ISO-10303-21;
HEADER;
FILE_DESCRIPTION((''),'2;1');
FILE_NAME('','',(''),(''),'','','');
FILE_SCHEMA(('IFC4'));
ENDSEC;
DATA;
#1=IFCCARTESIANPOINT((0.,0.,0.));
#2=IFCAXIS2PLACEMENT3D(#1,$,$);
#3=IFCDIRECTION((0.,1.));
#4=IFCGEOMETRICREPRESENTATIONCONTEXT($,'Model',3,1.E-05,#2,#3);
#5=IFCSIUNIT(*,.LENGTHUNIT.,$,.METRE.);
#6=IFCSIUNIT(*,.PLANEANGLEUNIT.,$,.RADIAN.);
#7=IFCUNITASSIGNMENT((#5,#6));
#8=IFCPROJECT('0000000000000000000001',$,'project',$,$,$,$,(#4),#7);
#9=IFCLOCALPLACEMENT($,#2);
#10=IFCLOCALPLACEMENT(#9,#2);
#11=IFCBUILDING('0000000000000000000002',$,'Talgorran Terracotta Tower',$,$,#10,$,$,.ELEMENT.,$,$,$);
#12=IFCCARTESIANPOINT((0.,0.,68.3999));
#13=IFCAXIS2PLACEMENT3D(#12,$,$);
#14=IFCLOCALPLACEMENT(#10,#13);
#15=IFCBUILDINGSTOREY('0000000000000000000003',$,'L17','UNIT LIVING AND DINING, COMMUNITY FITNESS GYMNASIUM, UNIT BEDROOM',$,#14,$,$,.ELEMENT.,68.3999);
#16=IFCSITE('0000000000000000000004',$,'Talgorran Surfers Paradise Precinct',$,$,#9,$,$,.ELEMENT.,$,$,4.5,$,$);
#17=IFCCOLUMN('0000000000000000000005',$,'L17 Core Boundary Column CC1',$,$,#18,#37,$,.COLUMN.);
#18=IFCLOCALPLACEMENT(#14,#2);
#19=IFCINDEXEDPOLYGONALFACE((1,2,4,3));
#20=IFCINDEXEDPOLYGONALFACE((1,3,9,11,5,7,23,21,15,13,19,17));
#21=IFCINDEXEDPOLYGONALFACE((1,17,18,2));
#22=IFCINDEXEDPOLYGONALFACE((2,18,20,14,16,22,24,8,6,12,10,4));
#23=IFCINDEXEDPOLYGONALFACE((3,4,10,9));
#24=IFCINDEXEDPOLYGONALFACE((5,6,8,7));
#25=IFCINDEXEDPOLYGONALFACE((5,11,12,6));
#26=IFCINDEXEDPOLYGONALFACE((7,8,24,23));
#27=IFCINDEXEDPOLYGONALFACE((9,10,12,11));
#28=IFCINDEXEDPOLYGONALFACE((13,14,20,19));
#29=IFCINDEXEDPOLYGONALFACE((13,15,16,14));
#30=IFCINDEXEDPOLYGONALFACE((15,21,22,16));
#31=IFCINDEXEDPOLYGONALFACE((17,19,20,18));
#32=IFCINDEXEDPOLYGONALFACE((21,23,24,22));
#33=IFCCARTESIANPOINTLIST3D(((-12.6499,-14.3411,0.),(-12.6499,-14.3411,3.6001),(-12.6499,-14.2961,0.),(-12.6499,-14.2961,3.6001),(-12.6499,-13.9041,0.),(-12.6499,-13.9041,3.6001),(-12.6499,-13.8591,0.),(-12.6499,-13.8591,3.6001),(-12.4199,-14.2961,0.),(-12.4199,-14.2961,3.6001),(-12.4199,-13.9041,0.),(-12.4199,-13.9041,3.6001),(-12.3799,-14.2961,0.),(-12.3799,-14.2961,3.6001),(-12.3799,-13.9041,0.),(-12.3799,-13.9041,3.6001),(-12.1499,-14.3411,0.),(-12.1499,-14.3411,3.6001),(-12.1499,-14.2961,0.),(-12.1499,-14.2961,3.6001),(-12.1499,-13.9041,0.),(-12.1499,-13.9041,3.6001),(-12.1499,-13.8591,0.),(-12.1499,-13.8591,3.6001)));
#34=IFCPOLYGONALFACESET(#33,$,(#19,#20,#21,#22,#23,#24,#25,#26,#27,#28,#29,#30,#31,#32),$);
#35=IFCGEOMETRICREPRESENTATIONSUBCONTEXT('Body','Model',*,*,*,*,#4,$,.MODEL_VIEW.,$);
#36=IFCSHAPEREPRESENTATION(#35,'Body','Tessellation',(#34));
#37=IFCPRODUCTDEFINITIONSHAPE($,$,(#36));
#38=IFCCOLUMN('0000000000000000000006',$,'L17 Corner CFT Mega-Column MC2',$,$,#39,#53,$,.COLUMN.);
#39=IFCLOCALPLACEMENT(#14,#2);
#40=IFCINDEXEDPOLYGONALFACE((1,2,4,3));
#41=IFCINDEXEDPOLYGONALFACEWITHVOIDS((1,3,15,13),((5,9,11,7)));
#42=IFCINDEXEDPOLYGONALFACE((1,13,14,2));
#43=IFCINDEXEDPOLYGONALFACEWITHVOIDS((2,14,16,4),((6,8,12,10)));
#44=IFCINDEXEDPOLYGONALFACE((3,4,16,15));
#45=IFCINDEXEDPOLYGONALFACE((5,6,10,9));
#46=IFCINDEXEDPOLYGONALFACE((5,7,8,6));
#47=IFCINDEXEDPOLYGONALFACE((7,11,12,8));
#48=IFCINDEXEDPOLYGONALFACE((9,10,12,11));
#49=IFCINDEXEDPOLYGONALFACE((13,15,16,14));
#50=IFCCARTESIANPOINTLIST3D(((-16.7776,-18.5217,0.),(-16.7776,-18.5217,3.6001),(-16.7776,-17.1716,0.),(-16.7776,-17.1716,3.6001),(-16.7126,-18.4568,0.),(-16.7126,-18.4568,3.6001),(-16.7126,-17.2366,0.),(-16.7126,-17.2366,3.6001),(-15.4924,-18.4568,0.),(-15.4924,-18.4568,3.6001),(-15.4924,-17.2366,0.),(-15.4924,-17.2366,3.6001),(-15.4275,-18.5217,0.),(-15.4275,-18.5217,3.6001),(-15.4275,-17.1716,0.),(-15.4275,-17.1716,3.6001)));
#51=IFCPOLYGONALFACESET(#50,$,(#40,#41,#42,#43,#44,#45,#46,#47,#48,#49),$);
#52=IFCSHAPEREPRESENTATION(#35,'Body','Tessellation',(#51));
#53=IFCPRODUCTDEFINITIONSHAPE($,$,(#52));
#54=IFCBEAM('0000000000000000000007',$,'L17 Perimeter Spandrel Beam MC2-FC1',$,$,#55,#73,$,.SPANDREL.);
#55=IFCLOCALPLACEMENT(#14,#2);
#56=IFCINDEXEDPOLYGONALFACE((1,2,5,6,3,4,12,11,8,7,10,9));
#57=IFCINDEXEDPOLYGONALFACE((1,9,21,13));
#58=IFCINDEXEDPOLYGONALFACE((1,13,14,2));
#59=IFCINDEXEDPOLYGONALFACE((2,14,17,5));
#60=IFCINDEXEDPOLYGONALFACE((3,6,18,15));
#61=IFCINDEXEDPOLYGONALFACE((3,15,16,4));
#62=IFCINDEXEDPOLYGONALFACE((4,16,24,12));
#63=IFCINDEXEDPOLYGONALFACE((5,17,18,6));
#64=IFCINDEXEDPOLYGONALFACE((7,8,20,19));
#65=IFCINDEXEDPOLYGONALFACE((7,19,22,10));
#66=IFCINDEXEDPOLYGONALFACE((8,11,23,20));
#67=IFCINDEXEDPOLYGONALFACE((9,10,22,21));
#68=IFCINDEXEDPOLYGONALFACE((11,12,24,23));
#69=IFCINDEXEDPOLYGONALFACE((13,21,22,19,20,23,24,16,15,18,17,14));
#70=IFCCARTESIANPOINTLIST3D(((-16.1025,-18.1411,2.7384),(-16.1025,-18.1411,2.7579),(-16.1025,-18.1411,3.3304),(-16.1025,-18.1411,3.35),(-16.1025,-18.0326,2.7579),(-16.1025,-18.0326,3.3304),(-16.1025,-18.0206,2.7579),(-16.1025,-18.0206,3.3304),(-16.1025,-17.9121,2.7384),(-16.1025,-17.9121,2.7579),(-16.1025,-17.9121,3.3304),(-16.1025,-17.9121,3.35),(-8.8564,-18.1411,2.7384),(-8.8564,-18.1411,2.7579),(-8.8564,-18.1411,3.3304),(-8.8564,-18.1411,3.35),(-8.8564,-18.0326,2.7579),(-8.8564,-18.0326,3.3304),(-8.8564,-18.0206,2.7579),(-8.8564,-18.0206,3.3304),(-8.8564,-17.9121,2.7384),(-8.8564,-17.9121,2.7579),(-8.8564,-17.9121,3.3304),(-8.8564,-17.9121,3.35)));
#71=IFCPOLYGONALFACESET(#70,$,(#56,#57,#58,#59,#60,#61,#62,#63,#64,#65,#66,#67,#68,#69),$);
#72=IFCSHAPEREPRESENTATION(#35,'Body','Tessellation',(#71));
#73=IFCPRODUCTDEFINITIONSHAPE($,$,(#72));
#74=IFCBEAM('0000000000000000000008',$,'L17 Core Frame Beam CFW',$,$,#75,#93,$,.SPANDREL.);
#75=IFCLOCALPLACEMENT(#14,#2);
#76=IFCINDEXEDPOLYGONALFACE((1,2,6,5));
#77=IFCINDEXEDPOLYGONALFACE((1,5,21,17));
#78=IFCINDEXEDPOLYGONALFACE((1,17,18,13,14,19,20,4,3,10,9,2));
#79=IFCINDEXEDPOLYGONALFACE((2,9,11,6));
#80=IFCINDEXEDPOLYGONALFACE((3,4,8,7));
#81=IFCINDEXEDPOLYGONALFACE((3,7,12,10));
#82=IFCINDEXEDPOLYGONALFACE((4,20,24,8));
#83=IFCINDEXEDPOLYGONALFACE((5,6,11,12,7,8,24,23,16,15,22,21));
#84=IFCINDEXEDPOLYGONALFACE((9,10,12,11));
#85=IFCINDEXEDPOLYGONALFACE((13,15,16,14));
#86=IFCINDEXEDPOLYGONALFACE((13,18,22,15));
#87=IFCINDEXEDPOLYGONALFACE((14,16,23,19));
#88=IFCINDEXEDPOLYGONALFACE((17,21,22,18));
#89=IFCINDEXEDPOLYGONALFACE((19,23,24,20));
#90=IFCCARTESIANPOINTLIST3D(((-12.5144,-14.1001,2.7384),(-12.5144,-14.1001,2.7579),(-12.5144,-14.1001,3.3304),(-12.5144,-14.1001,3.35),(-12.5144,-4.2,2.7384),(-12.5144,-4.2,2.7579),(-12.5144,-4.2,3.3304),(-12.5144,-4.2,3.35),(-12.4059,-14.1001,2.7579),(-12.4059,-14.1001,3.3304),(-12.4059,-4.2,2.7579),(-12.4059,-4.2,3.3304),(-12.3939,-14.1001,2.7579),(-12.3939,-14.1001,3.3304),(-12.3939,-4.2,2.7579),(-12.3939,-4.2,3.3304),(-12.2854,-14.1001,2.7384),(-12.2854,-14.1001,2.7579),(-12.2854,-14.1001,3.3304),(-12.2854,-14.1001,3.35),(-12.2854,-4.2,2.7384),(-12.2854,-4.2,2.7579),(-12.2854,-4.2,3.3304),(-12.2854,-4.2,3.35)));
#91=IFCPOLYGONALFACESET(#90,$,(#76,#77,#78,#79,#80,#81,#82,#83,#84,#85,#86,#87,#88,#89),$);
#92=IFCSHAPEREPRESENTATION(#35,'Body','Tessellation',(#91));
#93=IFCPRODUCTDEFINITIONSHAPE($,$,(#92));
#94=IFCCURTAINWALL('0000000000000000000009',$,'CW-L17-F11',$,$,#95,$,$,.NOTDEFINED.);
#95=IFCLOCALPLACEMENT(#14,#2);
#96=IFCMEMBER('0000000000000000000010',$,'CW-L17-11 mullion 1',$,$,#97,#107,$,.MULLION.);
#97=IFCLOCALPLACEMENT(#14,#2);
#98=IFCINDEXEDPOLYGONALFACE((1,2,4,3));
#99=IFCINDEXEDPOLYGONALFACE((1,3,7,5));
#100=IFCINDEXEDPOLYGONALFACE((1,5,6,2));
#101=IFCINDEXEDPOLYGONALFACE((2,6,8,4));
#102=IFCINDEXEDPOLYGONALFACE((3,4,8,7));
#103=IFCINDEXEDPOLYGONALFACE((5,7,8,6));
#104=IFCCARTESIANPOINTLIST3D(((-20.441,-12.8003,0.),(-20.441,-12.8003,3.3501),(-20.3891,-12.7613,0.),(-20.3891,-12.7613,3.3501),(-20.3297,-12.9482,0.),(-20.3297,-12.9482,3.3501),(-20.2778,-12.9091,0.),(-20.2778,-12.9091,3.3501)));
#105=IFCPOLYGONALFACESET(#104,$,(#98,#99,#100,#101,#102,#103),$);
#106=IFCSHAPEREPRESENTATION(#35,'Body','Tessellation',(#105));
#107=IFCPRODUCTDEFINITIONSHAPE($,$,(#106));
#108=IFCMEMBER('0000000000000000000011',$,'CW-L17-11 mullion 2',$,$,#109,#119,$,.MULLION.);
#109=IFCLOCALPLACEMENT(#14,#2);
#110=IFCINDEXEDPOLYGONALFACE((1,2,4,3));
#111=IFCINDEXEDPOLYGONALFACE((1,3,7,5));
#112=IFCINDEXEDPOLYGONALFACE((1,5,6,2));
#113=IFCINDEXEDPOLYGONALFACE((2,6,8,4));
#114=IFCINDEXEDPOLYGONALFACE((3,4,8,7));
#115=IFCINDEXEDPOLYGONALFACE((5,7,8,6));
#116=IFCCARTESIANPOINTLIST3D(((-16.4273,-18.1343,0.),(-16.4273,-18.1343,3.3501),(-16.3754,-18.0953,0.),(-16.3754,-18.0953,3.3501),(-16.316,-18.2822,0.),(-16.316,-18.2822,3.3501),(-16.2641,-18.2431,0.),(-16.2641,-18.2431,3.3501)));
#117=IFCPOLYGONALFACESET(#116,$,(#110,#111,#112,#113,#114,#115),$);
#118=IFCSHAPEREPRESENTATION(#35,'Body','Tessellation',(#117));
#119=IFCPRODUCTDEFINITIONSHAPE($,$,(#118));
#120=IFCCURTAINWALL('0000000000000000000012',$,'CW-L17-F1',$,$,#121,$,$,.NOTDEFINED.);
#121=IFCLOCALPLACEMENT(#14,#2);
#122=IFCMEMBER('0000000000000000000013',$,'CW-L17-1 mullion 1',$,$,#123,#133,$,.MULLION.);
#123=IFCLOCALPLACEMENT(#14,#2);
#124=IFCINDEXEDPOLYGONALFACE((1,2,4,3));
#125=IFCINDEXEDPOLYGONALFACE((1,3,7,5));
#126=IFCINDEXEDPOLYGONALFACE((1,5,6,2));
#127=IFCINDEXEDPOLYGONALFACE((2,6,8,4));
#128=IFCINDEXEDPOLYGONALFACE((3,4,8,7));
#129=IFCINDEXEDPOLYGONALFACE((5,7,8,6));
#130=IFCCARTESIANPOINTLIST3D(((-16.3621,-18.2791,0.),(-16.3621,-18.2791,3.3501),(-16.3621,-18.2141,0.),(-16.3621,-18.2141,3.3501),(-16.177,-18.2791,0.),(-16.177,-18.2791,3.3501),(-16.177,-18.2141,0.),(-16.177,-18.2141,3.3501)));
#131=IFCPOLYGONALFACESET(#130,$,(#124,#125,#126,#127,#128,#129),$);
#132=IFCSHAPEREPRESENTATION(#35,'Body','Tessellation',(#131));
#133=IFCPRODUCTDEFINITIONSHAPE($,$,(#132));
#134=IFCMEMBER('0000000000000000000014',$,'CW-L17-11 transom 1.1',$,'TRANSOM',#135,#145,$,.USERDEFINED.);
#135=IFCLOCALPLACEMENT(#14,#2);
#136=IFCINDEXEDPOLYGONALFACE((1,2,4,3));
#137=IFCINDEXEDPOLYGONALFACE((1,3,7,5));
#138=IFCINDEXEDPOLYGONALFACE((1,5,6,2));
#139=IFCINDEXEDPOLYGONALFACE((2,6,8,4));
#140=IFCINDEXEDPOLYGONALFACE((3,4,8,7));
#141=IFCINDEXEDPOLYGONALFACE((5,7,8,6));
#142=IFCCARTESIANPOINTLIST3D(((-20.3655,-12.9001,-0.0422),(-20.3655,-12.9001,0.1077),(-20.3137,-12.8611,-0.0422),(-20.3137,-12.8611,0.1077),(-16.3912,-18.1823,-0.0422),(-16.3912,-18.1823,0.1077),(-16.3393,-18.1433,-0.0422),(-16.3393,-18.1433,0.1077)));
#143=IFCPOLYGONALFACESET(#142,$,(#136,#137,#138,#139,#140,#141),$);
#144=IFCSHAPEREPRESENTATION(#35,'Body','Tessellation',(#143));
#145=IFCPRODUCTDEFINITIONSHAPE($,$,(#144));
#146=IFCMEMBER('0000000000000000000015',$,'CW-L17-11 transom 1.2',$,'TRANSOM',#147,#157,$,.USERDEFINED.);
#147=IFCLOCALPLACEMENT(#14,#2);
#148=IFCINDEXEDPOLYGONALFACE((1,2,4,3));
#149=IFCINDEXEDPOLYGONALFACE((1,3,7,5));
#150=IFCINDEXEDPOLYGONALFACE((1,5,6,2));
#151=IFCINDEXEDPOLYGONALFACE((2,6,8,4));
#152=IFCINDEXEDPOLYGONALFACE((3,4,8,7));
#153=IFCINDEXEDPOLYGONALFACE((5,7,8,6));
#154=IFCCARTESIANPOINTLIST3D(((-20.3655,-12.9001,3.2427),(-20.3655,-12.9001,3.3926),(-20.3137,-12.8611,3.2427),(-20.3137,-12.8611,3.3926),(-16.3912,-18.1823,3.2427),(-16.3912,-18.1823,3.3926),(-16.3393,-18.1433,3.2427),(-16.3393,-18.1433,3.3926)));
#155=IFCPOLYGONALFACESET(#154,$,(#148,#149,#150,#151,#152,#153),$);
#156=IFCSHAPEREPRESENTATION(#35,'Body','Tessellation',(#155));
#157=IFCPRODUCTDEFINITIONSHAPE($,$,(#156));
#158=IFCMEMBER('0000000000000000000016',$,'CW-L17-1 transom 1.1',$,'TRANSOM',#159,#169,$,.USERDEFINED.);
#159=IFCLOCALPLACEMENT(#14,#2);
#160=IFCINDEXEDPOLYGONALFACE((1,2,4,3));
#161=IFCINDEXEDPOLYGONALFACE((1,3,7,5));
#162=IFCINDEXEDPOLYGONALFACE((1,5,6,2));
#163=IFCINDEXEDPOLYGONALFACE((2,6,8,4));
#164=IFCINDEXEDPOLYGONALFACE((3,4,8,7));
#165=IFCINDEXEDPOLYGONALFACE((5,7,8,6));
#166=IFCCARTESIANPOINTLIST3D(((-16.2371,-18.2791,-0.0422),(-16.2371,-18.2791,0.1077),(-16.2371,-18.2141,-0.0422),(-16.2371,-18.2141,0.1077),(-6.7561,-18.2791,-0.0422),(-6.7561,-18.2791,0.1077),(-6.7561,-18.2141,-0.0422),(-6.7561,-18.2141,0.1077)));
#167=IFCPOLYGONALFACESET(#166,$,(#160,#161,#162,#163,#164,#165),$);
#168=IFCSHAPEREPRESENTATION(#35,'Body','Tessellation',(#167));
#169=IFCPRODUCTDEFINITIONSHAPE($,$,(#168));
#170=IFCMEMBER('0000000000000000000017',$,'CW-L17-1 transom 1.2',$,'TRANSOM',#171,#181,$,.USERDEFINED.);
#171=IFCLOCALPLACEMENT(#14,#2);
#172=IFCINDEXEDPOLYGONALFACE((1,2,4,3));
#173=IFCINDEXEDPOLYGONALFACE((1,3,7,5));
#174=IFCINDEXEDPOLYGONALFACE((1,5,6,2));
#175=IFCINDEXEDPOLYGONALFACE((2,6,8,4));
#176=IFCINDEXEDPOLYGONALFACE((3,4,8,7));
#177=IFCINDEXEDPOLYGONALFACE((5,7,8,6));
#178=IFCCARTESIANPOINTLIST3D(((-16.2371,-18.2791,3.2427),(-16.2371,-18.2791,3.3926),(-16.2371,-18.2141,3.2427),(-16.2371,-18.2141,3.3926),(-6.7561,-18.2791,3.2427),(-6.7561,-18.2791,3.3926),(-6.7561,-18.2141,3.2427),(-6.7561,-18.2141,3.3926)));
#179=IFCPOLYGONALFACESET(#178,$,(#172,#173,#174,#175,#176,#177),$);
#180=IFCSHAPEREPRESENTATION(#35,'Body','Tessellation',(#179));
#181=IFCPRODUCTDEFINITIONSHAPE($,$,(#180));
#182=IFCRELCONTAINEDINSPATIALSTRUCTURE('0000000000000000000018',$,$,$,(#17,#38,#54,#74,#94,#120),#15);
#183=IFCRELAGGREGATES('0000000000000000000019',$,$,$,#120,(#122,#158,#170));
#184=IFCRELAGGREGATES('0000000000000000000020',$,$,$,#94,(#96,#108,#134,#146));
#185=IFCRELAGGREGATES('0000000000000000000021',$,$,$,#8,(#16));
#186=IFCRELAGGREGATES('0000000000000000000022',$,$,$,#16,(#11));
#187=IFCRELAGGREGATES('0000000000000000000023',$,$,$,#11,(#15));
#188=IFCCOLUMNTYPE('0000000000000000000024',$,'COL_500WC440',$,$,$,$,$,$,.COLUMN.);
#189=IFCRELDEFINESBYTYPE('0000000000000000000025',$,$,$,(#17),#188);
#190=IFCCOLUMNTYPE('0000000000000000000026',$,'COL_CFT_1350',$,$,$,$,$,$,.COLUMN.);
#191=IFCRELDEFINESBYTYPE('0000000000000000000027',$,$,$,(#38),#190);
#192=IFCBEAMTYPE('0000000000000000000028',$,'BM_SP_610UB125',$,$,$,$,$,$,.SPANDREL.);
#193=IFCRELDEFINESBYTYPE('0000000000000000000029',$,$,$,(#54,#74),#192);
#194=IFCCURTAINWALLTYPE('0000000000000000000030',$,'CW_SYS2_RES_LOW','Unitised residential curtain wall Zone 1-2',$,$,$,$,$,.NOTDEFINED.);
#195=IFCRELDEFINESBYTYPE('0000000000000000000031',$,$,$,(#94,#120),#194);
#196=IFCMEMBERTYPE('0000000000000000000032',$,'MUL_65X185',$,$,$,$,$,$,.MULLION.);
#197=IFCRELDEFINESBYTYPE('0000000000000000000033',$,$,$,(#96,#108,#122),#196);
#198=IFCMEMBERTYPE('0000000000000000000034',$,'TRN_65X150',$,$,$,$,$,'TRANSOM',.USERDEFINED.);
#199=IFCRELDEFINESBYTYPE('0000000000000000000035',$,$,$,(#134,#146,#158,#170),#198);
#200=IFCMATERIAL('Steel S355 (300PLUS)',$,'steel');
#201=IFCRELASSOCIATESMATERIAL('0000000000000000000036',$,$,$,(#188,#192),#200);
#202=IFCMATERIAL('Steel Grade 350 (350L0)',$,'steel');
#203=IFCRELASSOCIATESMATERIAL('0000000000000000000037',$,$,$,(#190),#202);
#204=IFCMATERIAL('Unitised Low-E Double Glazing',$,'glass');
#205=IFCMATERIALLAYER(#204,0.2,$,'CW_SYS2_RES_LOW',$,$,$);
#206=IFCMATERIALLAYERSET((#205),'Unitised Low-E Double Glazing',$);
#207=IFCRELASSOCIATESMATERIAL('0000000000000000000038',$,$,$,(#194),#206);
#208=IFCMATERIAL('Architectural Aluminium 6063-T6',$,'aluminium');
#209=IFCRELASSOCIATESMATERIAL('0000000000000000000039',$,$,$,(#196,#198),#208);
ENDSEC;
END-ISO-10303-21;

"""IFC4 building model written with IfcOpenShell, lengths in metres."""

from ifc_helpers import new_model, si_unit, direction, frame, origin, origin_2d, place, context, subcontext, project, spatial, rectangle, hollow_rectangle, i_section, extrude, material, layer, layer_set, material_profile, profile_set, type_object, element, aggregate, save


model = new_model("IFC4")

# Units and contexts
model_context = context("Model", 3, precision=1e-05, world=origin(), true_north=direction((0.0, 1.0)))
body_context = subcontext(model_context, "Body", "Model", "MODEL_VIEW")
ifc_project = project(units=[si_unit("LENGTHUNIT", "METRE"), si_unit("PLANEANGLEUNIT", "RADIAN")], contexts=[model_context])

# Site, building, storey
site_placement = place(None, origin())
site = spatial("IfcSite", under=ifc_project, at=site_placement, Name="Talgorran Surfers Paradise Precinct", CompositionType="ELEMENT", RefElevation=4.5)
building_placement = place(site_placement, origin())
building = spatial("IfcBuilding", under=site, at=building_placement, Name="Talgorran Terracotta Tower", CompositionType="ELEMENT")
storey_placement = place(building_placement, frame((0.0, 0.0, 68.3999)))
storey = spatial("IfcBuildingStorey", under=building, at=storey_placement, Name="L17", Description="UNIT LIVING AND DINING, COMMUNITY FITNESS GYMNASIUM, UNIT BEDROOM", CompositionType="ELEMENT", Elevation=68.3999)

# Columns
ifc_material_1 = material(Name="Steel S355 (300PLUS)", Category="steel")
ifc_material_profile_1 = material_profile(ifc_material_1, i_section(OverallWidth=0.5, OverallDepth=0.4819, WebThickness=0.04, FlangeThickness=0.0449, at=origin_2d()), Name="500WC440")
ifc_profile_set_1 = profile_set([ifc_material_profile_1], Name="Steel S355 (300PLUS)")
column_type_1 = type_object("IfcColumnType", Name="COL_500WC440", PredefinedType="COLUMN", material=ifc_profile_set_1)
column_1_placement = place(storey_placement, frame((-12.3999, -14.1001, 0.0), z_axis=(0.0, 0.0, 1.0), x_axis=(1.0, 0.0, 0.0)))
element("IfcColumn", 1, at=column_1_placement, inside=storey, type_object=column_type_1, Name="L17 Core Boundary Column CC1", PredefinedType="COLUMN", context=body_context, shape_type="SweptSolid", body=[
    extrude(i_section(OverallWidth=0.5, OverallDepth=0.4819, WebThickness=0.04, FlangeThickness=0.0449, at=origin_2d()), origin(), (0.0, 0.0, 1.0), 3.6001),
])
ifc_material_2 = material(Name="Steel Grade 350 (350L0)", Category="steel")
ifc_material_profile_2 = material_profile(ifc_material_2, hollow_rectangle(XDim=1.3501, YDim=1.3501, WallThickness=0.0649, at=origin_2d()), Name="CFT1350X1350X65")
ifc_profile_set_2 = profile_set([ifc_material_profile_2], Name="Steel Grade 350 (350L0)")
column_type_2 = type_object("IfcColumnType", Name="COL_CFT_1350", PredefinedType="COLUMN", material=ifc_profile_set_2)
column_2_placement = place(storey_placement, frame((-16.1025, -17.8467, 0.0), z_axis=(0.0, 0.0, 1.0), x_axis=(1.0, 0.0, 0.0)))
element("IfcColumn", 2, at=column_2_placement, inside=storey, type_object=column_type_2, Name="L17 Corner CFT Mega-Column MC2", PredefinedType="COLUMN", context=body_context, shape_type="SweptSolid", body=[
    extrude(hollow_rectangle(XDim=1.3501, YDim=1.3501, WallThickness=0.0649, at=origin_2d()), origin(), (0.0, 0.0, 1.0), 3.6001),
])

# Beams
ifc_material_profile_3 = material_profile(ifc_material_1, i_section(OverallWidth=0.229, OverallDepth=0.6116, WebThickness=0.012, FlangeThickness=0.0195, at=origin_2d()), Name="610UB125")
ifc_profile_set_3 = profile_set([ifc_material_profile_3], Name="Steel S355 (300PLUS)")
beam_type = type_object("IfcBeamType", Name="BM_SP_610UB125", PredefinedType="SPANDREL", material=ifc_profile_set_3)
beam_1_placement = place(storey_placement, frame((-16.1025, -18.0266, 3.0442), z_axis=(1.0, 0.0, 0.0), x_axis=(0.0, 1.0, 0.0)))
element("IfcBeam", 3, at=beam_1_placement, inside=storey, type_object=beam_type, Name="L17 Perimeter Spandrel Beam MC2-FC1", PredefinedType="SPANDREL", context=body_context, shape_type="SweptSolid", body=[
    extrude(i_section(OverallWidth=0.229, OverallDepth=0.6116, WebThickness=0.012, FlangeThickness=0.0195, at=origin_2d()), origin(), (0.0, 0.0, 1.0), 7.2461),
])
beam_2_placement = place(storey_placement, frame((-12.3999, -14.1001, 3.0442), z_axis=(0.0, 1.0, 0.0), x_axis=(-1.0, 0.0, 0.0)))
element("IfcBeam", 4, at=beam_2_placement, inside=storey, type_object=beam_type, Name="L17 Core Frame Beam CFW", PredefinedType="SPANDREL", context=body_context, shape_type="SweptSolid", body=[
    extrude(i_section(OverallWidth=0.229, OverallDepth=0.6116, WebThickness=0.012, FlangeThickness=0.0195, at=origin_2d()), origin(), (0.0, 0.0, 1.0), 9.9001),
])

# Curtain wall, members
ifc_material_3 = material(Name="Unitised Low-E Double Glazing", Category="glass")
ifc_layer_1 = layer(ifc_material_3, 0.2, Name="CW_SYS2_RES_LOW")
ifc_layer_set_1 = layer_set([ifc_layer_1], Name="Unitised Low-E Double Glazing")
curtain_wall_type = type_object("IfcCurtainWallType", Name="CW_SYS2_RES_LOW", Description="Unitised residential curtain wall Zone 1-2", PredefinedType="NOTDEFINED", material=ifc_layer_set_1)
curtain_wall_1_placement = place(storey_placement, origin())
curtain_wall_1 = element("IfcCurtainWall", 5, at=curtain_wall_1_placement, inside=storey, type_object=curtain_wall_type, Name="CW-L17-F11", PredefinedType="NOTDEFINED")
ifc_material_4 = material(Name="Architectural Aluminium 6063-T6", Category="aluminium")
ifc_material_profile_4 = material_profile(ifc_material_4, rectangle(XDim=0.0649, YDim=0.1851, at=origin_2d()), Name="CWM65X185")
ifc_profile_set_4 = profile_set([ifc_material_profile_4], Name="Architectural Aluminium 6063-T6")
member_type_1 = type_object("IfcMemberType", Name="MUL_65X185", PredefinedType="MULLION", material=ifc_profile_set_4)
member_1_placement = place(storey_placement, frame((-20.3594, -12.8547, 0.0), z_axis=(0.0, 0.0, 1.0), x_axis=(0.799059, 0.601253, 0.0)))
member_1 = element("IfcMember", 6, at=member_1_placement, type_object=member_type_1, Name="CW-L17-11 mullion 1", PredefinedType="MULLION", context=body_context, shape_type="SweptSolid", body=[
    extrude(rectangle(XDim=0.0649, YDim=0.1851, at=origin_2d()), origin(), (0.0, 0.0, 1.0), 3.3501),
])
member_2_placement = place(storey_placement, frame((-16.3457, -18.1887, 0.0), z_axis=(0.0, 0.0, 1.0), x_axis=(0.799059, 0.601253, 0.0)))
member_2 = element("IfcMember", 7, at=member_2_placement, type_object=member_type_1, Name="CW-L17-11 mullion 2", PredefinedType="MULLION", context=body_context, shape_type="SweptSolid", body=[
    extrude(rectangle(XDim=0.0649, YDim=0.1851, at=origin_2d()), origin(), (0.0, 0.0, 1.0), 3.3501),
])

# Curtain wall, member
curtain_wall_2_placement = place(storey_placement, origin())
curtain_wall_2 = element("IfcCurtainWall", 8, at=curtain_wall_2_placement, inside=storey, type_object=curtain_wall_type, Name="CW-L17-F1", PredefinedType="NOTDEFINED")
member_3_placement = place(storey_placement, frame((-16.2695, -18.2466, 0.0), z_axis=(0.0, 0.0, 1.0), x_axis=(0.0, 1.0, 0.0)))
member_3 = element("IfcMember", 9, at=member_3_placement, type_object=member_type_1, Name="CW-L17-1 mullion 1", PredefinedType="MULLION", context=body_context, shape_type="SweptSolid", body=[
    extrude(rectangle(XDim=0.0649, YDim=0.1851, at=origin_2d()), origin(), (0.0, 0.0, 1.0), 3.3501),
])

# Members
ifc_material_profile_5 = material_profile(ifc_material_4, rectangle(XDim=0.0649, YDim=0.1499, at=origin_2d()), Name="CWT65X150")
ifc_profile_set_5 = profile_set([ifc_material_profile_5], Name="Architectural Aluminium 6063-T6")
member_type_2 = type_object("IfcMemberType", Name="TRN_65X150", ElementType="TRANSOM", PredefinedType="USERDEFINED", material=ifc_profile_set_5)
member_4_placement = place(storey_placement, frame((-20.3396, -12.8806, 0.0327), z_axis=(0.601228, -0.799077, 0.0), x_axis=(0.799077, 0.601228, 0.0)))
member_4 = element("IfcMember", 10, at=member_4_placement, type_object=member_type_2, Name="CW-L17-11 transom 1.1", ObjectType="TRANSOM", PredefinedType="USERDEFINED", context=body_context, shape_type="SweptSolid", body=[
    extrude(rectangle(XDim=0.0649, YDim=0.1499, at=origin_2d()), origin(), (0.0, 0.0, 1.0), 6.6104),
])
member_5_placement = place(storey_placement, frame((-20.3396, -12.8806, 3.3176), z_axis=(0.601228, -0.799077, 0.0), x_axis=(0.799077, 0.601228, 0.0)))
member_5 = element("IfcMember", 11, at=member_5_placement, type_object=member_type_2, Name="CW-L17-11 transom 1.2", ObjectType="TRANSOM", PredefinedType="USERDEFINED", context=body_context, shape_type="SweptSolid", body=[
    extrude(rectangle(XDim=0.0649, YDim=0.1499, at=origin_2d()), origin(), (0.0, 0.0, 1.0), 6.6104),
])
member_6_placement = place(storey_placement, frame((-16.2371, -18.2466, 0.0327), z_axis=(1.0, 0.0, 0.0), x_axis=(0.0, 1.0, 0.0)))
member_6 = element("IfcMember", 12, at=member_6_placement, type_object=member_type_2, Name="CW-L17-1 transom 1.1", ObjectType="TRANSOM", PredefinedType="USERDEFINED", context=body_context, shape_type="SweptSolid", body=[
    extrude(rectangle(XDim=0.0649, YDim=0.1499, at=origin_2d()), origin(), (0.0, 0.0, 1.0), 9.481),
])
member_7_placement = place(storey_placement, frame((-16.2371, -18.2466, 3.3176), z_axis=(1.0, 0.0, 0.0), x_axis=(0.0, 1.0, 0.0)))
member_7 = element("IfcMember", 13, at=member_7_placement, type_object=member_type_2, Name="CW-L17-1 transom 1.2", ObjectType="TRANSOM", PredefinedType="USERDEFINED", context=body_context, shape_type="SweptSolid", body=[
    extrude(rectangle(XDim=0.0649, YDim=0.1499, at=origin_2d()), origin(), (0.0, 0.0, 1.0), 9.481),
])
aggregate(curtain_wall_2, [member_3, member_6, member_7])

aggregate(curtain_wall_1, [member_1, member_2, member_4, member_5])

save(model, "model.ifc")
